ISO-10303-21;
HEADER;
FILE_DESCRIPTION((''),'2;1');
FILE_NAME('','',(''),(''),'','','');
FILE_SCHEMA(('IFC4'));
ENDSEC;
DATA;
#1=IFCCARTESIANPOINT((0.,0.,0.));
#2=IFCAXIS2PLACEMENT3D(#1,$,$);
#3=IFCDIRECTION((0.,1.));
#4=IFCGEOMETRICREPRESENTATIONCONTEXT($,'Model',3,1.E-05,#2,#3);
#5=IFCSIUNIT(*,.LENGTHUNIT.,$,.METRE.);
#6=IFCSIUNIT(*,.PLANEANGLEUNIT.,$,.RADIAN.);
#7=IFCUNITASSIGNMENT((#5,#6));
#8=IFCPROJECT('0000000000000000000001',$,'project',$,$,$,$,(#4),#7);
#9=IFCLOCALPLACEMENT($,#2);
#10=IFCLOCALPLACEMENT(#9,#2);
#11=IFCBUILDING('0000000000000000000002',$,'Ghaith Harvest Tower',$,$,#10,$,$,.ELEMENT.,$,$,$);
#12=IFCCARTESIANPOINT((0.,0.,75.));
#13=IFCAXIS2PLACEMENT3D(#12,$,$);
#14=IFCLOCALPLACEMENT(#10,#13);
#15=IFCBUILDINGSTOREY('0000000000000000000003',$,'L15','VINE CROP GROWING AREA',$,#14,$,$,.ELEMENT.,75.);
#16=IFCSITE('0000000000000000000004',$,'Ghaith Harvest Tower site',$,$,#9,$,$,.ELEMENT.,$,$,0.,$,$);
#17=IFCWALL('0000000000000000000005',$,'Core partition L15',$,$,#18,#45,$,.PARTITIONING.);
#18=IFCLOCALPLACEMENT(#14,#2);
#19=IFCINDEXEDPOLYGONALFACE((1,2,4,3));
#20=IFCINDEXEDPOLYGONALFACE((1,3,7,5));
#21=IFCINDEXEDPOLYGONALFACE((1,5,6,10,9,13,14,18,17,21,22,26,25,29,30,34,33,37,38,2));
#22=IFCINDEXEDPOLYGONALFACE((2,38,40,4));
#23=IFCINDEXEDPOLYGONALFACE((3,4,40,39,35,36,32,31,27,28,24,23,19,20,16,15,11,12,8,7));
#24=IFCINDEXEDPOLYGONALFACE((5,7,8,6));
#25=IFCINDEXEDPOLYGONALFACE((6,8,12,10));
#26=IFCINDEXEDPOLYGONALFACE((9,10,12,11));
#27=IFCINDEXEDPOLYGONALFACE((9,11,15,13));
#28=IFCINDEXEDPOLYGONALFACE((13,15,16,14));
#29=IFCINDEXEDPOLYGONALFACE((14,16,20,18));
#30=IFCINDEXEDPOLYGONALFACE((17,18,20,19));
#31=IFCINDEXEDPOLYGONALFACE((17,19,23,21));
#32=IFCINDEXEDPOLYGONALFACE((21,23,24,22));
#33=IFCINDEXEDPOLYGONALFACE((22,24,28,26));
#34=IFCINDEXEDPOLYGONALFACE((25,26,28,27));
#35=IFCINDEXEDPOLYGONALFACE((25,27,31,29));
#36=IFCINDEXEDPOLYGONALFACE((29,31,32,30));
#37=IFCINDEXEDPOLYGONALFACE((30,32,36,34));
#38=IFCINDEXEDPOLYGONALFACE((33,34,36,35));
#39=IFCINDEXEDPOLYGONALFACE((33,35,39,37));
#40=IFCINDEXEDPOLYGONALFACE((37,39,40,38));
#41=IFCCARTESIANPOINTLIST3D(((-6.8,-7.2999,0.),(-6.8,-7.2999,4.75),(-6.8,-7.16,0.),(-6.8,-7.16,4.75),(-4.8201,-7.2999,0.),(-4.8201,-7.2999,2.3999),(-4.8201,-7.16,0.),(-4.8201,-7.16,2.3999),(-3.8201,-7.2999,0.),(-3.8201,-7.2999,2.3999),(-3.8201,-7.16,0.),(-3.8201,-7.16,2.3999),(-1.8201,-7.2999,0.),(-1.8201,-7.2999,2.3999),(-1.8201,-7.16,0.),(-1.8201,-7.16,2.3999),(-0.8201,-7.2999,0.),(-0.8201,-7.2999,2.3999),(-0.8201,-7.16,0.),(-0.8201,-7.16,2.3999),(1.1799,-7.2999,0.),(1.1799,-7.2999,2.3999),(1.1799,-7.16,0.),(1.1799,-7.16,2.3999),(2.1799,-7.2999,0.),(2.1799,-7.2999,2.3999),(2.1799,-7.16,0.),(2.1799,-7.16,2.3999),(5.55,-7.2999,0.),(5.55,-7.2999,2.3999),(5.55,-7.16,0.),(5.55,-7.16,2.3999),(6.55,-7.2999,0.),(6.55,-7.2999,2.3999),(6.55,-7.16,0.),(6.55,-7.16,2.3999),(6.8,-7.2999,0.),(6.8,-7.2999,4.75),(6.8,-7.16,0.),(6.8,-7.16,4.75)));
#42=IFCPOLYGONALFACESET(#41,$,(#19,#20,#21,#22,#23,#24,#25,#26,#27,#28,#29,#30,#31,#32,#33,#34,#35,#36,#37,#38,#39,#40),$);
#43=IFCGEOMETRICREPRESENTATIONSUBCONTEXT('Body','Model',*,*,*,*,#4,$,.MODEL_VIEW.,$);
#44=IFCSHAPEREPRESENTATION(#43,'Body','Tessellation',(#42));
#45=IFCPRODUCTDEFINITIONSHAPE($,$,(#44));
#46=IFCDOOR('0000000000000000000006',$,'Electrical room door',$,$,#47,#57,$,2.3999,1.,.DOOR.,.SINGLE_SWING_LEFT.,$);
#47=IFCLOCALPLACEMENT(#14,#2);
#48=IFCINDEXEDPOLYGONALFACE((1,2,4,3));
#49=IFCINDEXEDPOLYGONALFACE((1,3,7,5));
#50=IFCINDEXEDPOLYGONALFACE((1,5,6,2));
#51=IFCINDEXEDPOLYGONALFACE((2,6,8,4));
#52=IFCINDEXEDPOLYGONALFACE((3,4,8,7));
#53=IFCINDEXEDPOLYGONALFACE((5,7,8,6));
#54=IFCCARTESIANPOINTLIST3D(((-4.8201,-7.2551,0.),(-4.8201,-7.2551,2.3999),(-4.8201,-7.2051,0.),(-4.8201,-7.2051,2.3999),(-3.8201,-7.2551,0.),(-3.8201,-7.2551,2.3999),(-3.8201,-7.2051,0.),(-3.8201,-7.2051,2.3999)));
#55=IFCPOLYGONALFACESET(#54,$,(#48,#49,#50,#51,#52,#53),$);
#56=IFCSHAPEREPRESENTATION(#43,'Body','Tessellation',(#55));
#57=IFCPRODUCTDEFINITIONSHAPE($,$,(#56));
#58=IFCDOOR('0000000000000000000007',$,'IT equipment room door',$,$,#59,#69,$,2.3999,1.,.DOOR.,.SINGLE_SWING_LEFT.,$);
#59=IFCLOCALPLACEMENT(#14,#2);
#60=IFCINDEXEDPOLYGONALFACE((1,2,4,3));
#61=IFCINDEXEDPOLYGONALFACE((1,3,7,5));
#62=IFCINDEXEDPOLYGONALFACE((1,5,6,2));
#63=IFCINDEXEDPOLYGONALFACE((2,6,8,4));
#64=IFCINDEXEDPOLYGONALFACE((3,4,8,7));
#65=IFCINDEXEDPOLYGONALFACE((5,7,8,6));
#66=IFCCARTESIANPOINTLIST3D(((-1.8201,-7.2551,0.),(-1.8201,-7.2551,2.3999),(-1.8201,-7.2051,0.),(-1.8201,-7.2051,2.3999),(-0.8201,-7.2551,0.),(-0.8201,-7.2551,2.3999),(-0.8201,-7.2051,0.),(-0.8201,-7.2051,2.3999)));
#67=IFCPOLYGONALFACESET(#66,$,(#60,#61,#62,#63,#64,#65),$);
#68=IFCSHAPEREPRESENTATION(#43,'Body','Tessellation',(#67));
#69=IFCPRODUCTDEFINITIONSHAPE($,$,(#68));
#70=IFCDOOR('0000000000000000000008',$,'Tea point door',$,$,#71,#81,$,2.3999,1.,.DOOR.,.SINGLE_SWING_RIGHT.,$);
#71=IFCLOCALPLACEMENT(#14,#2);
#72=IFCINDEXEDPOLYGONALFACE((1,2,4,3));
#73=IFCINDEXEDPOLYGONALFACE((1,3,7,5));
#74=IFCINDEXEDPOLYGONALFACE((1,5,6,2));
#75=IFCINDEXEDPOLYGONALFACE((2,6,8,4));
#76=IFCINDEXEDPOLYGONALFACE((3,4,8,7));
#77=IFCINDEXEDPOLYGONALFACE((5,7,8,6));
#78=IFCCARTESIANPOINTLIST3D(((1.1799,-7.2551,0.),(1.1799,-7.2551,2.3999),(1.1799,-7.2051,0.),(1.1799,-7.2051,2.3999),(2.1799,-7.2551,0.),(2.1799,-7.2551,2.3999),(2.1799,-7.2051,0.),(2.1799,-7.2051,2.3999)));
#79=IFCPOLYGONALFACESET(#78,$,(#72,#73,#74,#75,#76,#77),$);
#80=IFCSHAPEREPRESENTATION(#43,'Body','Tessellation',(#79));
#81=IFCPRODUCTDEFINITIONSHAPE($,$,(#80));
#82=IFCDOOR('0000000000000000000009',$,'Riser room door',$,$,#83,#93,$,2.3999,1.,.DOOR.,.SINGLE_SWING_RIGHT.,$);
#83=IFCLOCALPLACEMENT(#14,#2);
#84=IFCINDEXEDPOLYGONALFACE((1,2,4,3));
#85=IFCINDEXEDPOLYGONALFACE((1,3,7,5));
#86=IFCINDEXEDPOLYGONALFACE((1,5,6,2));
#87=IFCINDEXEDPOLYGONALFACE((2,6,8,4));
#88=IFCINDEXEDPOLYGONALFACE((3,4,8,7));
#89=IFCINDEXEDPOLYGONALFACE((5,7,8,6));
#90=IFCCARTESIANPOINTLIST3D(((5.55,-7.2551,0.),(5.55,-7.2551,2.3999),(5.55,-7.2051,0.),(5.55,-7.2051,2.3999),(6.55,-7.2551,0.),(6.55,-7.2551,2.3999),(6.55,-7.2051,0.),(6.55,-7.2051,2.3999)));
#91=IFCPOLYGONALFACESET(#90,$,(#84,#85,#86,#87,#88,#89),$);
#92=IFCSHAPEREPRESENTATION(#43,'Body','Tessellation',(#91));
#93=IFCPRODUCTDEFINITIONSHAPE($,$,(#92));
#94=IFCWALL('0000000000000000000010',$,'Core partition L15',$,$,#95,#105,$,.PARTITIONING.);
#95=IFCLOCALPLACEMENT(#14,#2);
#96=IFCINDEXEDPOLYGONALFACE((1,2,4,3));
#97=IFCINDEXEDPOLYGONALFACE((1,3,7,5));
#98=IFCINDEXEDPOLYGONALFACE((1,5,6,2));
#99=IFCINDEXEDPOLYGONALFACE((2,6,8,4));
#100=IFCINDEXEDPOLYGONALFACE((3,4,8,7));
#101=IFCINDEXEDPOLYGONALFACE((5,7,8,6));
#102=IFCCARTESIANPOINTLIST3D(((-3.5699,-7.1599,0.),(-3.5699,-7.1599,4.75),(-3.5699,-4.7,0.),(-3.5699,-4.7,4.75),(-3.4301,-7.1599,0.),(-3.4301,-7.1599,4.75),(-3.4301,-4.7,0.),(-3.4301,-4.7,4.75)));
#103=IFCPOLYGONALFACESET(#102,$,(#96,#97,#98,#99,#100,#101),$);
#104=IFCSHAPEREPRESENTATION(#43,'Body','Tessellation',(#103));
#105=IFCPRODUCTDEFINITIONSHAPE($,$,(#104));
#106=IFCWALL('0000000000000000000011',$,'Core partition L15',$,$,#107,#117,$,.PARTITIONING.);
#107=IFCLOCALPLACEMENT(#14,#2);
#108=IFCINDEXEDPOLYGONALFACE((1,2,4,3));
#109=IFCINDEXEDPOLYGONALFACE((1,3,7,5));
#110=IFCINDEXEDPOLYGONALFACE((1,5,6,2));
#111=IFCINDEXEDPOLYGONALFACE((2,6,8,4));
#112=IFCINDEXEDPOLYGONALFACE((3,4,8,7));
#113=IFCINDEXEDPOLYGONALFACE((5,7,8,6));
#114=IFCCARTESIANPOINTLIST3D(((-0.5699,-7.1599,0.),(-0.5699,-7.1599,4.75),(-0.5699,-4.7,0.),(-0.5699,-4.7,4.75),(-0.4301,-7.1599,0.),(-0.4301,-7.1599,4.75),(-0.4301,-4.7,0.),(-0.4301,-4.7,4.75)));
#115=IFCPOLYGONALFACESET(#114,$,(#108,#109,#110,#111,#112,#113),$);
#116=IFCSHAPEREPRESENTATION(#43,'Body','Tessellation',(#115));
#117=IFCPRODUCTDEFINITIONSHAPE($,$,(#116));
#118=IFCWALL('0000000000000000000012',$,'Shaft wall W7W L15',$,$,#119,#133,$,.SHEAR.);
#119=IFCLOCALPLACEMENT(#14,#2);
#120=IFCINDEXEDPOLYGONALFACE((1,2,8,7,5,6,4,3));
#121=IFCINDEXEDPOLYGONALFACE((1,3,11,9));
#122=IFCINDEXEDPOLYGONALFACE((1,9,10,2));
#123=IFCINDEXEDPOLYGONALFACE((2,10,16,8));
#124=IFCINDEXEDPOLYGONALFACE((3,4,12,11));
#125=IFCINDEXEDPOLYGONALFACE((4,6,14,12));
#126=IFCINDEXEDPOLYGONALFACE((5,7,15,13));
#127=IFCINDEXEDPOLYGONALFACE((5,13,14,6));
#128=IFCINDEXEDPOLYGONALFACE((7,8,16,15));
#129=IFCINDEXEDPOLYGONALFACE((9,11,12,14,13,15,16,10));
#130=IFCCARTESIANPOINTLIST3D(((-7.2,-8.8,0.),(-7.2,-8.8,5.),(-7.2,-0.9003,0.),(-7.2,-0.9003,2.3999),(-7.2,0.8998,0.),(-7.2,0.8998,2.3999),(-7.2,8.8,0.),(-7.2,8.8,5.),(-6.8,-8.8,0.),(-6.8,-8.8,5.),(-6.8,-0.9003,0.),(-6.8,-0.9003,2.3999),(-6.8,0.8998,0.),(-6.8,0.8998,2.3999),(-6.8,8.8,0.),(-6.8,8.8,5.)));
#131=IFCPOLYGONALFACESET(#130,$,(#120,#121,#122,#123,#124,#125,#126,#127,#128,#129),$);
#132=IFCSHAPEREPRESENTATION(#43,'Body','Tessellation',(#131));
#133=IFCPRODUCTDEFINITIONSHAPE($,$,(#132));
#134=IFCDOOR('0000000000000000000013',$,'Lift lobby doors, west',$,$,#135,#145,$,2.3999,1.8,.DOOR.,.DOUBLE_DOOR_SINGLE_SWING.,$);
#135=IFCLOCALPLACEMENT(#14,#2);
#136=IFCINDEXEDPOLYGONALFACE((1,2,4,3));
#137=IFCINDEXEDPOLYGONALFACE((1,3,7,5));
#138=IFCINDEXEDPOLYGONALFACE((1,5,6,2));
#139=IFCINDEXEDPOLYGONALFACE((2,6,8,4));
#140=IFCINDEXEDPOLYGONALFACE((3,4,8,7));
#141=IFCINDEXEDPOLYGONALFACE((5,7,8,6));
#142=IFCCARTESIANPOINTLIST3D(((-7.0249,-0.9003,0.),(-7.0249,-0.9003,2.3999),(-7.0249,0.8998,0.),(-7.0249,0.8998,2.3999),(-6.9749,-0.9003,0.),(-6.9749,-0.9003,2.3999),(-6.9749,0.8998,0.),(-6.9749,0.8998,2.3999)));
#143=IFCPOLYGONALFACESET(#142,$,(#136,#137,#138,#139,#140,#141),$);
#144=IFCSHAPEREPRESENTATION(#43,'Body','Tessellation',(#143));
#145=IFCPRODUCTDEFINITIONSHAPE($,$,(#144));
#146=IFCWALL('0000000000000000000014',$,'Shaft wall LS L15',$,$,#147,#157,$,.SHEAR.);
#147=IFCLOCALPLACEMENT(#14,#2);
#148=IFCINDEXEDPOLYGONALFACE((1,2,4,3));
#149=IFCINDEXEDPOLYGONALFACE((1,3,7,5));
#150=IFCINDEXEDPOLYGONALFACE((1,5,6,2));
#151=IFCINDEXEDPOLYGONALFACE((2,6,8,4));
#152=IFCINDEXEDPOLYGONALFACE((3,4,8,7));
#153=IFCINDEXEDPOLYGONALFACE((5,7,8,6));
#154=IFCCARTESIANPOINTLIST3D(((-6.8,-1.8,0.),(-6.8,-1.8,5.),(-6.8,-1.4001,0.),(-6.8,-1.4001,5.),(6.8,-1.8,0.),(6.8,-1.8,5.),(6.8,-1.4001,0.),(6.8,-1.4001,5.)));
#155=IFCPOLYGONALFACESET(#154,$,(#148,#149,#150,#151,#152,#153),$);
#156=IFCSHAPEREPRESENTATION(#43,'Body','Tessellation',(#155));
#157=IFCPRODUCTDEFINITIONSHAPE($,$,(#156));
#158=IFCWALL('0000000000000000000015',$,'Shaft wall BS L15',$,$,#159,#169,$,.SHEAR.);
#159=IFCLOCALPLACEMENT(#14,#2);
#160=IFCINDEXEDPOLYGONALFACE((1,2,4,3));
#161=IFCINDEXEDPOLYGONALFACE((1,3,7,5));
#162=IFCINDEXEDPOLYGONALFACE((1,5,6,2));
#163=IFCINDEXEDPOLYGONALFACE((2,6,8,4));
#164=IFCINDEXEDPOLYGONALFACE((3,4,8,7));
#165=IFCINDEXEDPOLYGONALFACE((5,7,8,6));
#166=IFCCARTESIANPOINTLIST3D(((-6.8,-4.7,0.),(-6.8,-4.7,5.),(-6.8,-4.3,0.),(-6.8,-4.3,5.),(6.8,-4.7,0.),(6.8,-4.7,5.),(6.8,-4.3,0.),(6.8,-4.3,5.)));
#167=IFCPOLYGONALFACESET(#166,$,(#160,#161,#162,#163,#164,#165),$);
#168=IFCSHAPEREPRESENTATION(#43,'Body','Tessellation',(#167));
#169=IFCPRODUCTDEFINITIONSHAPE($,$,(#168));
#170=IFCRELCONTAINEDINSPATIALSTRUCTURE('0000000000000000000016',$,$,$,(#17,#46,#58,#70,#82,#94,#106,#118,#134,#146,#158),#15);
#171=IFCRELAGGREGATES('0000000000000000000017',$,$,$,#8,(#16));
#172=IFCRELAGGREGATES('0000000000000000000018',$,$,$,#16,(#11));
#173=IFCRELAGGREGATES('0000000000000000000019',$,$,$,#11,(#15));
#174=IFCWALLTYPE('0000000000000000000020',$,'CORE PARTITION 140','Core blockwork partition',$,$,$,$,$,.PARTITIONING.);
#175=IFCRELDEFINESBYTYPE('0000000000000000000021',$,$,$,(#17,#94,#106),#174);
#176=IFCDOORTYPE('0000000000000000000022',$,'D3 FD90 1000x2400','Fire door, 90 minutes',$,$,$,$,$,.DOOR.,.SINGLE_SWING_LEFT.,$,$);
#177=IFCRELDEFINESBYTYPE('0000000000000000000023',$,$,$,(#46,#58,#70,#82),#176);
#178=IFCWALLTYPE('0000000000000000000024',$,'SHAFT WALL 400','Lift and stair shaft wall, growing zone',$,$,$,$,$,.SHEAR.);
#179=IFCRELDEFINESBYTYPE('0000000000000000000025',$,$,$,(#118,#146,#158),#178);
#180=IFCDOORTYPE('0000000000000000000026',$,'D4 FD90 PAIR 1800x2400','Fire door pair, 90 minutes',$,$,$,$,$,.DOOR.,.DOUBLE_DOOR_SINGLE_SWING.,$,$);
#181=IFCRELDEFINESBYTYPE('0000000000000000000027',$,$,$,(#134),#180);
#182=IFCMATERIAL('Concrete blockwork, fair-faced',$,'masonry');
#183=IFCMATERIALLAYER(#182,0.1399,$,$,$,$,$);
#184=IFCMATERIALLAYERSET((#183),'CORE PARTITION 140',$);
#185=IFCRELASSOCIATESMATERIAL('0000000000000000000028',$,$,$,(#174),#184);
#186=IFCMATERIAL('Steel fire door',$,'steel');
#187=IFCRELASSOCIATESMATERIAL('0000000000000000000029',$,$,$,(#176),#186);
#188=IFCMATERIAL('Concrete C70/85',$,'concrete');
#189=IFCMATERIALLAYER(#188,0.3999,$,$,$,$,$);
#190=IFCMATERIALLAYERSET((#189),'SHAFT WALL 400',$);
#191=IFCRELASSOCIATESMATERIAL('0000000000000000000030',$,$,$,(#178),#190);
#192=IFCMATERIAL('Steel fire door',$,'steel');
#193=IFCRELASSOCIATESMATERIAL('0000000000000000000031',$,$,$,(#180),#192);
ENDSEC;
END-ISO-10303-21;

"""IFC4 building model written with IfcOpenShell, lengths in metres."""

from ifc_helpers import new_model, si_unit, direction, frame, frame_2d, origin, place, context, subcontext, project, spatial, rectangle, extrude, material, layer, layer_set, type_object, element, fill, save


model = new_model("IFC4")

# Units and contexts
model_context = context("Model", 3, precision=1e-05, world=origin(), true_north=direction((0.0, 1.0)))
body_context = subcontext(model_context, "Body", "Model", "MODEL_VIEW")
ifc_project = project(units=[si_unit("LENGTHUNIT", "METRE"), si_unit("PLANEANGLEUNIT", "RADIAN")], contexts=[model_context])

# Site, building, storey
site_placement = place(None, origin())
site = spatial("IfcSite", under=ifc_project, at=site_placement, Name="Ghaith Harvest Tower site", CompositionType="ELEMENT", RefElevation=0.0)
building_placement = place(site_placement, origin())
building = spatial("IfcBuilding", under=site, at=building_placement, Name="Ghaith Harvest Tower", CompositionType="ELEMENT")
storey_placement = place(building_placement, frame((0.0, 0.0, 75.0)))
storey = spatial("IfcBuildingStorey", under=building, at=storey_placement, Name="L15", Description="VINE CROP GROWING AREA", CompositionType="ELEMENT", Elevation=75.0)

# Wall, openings, doors
ifc_material_1 = material(Name="Concrete blockwork, fair-faced", Category="masonry")
ifc_layer_1 = layer(ifc_material_1, 0.1399)
ifc_layer_set_1 = layer_set([ifc_layer_1], Name="CORE PARTITION 140")
wall_type_1 = type_object("IfcWallType", Name="CORE PARTITION 140", Description="Core blockwork partition", PredefinedType="PARTITIONING", material=ifc_layer_set_1)
wall_1_placement = place(storey_placement, frame((-6.8, -7.23, 0.0), z_axis=(0.0, 0.0, 1.0), x_axis=(1.0, 0.0, 0.0)))
wall_1 = element("IfcWall", 1, at=wall_1_placement, inside=storey, type_object=wall_type_1, Name="Core partition L15", PredefinedType="PARTITIONING", context=body_context, shape_type="SweptSolid", body=[
    extrude(rectangle(XDim=13.6001, YDim=0.1399, at=frame_2d((6.8, 0.0))), origin(), (0.0, 0.0, 1.0), 4.75),
])
opening_1_placement = place(wall_1_placement, frame((1.98, 0.0, 0.0)))
opening_1 = element("IfcOpeningElement", 2, at=opening_1_placement, cuts=wall_1, PredefinedType="OPENING", context=body_context, shape_type="SweptSolid", body=[
    extrude(rectangle(XDim=1.0, YDim=2.3999, at=frame_2d((0.5, 1.2))), frame((0.0, 0.0801, 0.0), z_axis=(0.0, -1.0, 0.0), x_axis=(1.0, 0.0, 0.0)), (0.0, 0.0, 1.0), 0.1599),
])
opening_2_placement = place(wall_1_placement, frame((4.98, 0.0, 0.0)))
opening_2 = element("IfcOpeningElement", 3, at=opening_2_placement, cuts=wall_1, PredefinedType="OPENING", context=body_context, shape_type="SweptSolid", body=[
    extrude(rectangle(XDim=1.0, YDim=2.3999, at=frame_2d((0.5, 1.2))), frame((0.0, 0.0801, 0.0), z_axis=(0.0, -1.0, 0.0), x_axis=(1.0, 0.0, 0.0)), (0.0, 0.0, 1.0), 0.1599),
])
opening_3_placement = place(wall_1_placement, frame((7.98, 0.0, 0.0)))
opening_3 = element("IfcOpeningElement", 4, at=opening_3_placement, cuts=wall_1, PredefinedType="OPENING", context=body_context, shape_type="SweptSolid", body=[
    extrude(rectangle(XDim=1.0, YDim=2.3999, at=frame_2d((0.5, 1.2))), frame((0.0, 0.0801, 0.0), z_axis=(0.0, -1.0, 0.0), x_axis=(1.0, 0.0, 0.0)), (0.0, 0.0, 1.0), 0.1599),
])
opening_4_placement = place(wall_1_placement, frame((12.3501, 0.0, 0.0)))
opening_4 = element("IfcOpeningElement", 5, at=opening_4_placement, cuts=wall_1, PredefinedType="OPENING", context=body_context, shape_type="SweptSolid", body=[
    extrude(rectangle(XDim=1.0, YDim=2.3999, at=frame_2d((0.5, 1.2))), frame((0.0, 0.0801, 0.0), z_axis=(0.0, -1.0, 0.0), x_axis=(1.0, 0.0, 0.0)), (0.0, 0.0, 1.0), 0.1599),
])
ifc_material_2 = material(Name="Steel fire door", Category="steel")
door_type_1 = type_object("IfcDoorType", Name="D3 FD90 1000x2400", Description="Fire door, 90 minutes", OperationType="SINGLE_SWING_LEFT", PredefinedType="DOOR", material=ifc_material_2)
door_1_placement = place(opening_1_placement, origin())
door_1 = element("IfcDoor", 6, at=door_1_placement, inside=storey, type_object=door_type_1, Name="Electrical room door", OperationType="SINGLE_SWING_LEFT", OverallHeight=2.3999, OverallWidth=1.0, PredefinedType="DOOR", context=body_context, shape_type="SweptSolid", body=[
    extrude(rectangle(XDim=1.0, YDim=2.3999, at=frame_2d((0.5, 1.2))), frame((0.0, 0.0249, 0.0), z_axis=(0.0, -1.0, 0.0), x_axis=(1.0, 0.0, 0.0)), (0.0, 0.0, 1.0), 0.05),
])
fill(opening_1, door_1)
door_2_placement = place(opening_2_placement, origin())
door_2 = element("IfcDoor", 7, at=door_2_placement, inside=storey, type_object=door_type_1, Name="IT equipment room door", OperationType="SINGLE_SWING_LEFT", OverallHeight=2.3999, OverallWidth=1.0, PredefinedType="DOOR", context=body_context, shape_type="SweptSolid", body=[
    extrude(rectangle(XDim=1.0, YDim=2.3999, at=frame_2d((0.5, 1.2))), frame((0.0, 0.0249, 0.0), z_axis=(0.0, -1.0, 0.0), x_axis=(1.0, 0.0, 0.0)), (0.0, 0.0, 1.0), 0.05),
])
fill(opening_2, door_2)
door_3_placement = place(opening_3_placement, origin())
door_3 = element("IfcDoor", 8, at=door_3_placement, inside=storey, type_object=door_type_1, Name="Tea point door", OperationType="SINGLE_SWING_RIGHT", OverallHeight=2.3999, OverallWidth=1.0, PredefinedType="DOOR", context=body_context, shape_type="SweptSolid", body=[
    extrude(rectangle(XDim=1.0, YDim=2.3999, at=frame_2d((0.5, 1.2))), frame((0.0, 0.0249, 0.0), z_axis=(0.0, -1.0, 0.0), x_axis=(1.0, 0.0, 0.0)), (0.0, 0.0, 1.0), 0.05),
])
fill(opening_3, door_3)
door_4_placement = place(opening_4_placement, origin())
door_4 = element("IfcDoor", 9, at=door_4_placement, inside=storey, type_object=door_type_1, Name="Riser room door", OperationType="SINGLE_SWING_RIGHT", OverallHeight=2.3999, OverallWidth=1.0, PredefinedType="DOOR", context=body_context, shape_type="SweptSolid", body=[
    extrude(rectangle(XDim=1.0, YDim=2.3999, at=frame_2d((0.5, 1.2))), frame((0.0, 0.0249, 0.0), z_axis=(0.0, -1.0, 0.0), x_axis=(1.0, 0.0, 0.0)), (0.0, 0.0, 1.0), 0.05),
])
fill(opening_4, door_4)

# Walls
for number, where, z_axis, x_axis, name in (
    (10, (-3.5, -4.7, 0.0), (0.0, 0.0, 1.0), (0.0, -1.0, 0.0), "Core partition L15"),
    (11, (-0.5, -4.7, 0.0), (0.0, 0.0, 1.0), (0.0, -1.0, 0.0), "Core partition L15"),
):
    element("IfcWall", number, at=place(storey_placement, frame(where, z_axis=z_axis, x_axis=x_axis)), inside=storey, type_object=wall_type_1, Name=name, PredefinedType="PARTITIONING", context=body_context, shape_type="SweptSolid", body=[
        extrude(rectangle(XDim=2.46, YDim=0.1399, at=frame_2d((1.23, 0.0))), origin(), (0.0, 0.0, 1.0), 4.75),
    ])

# Wall, opening, door
ifc_material_3 = material(Name="Concrete C70/85", Category="concrete")
ifc_layer_2 = layer(ifc_material_3, 0.3999)
ifc_layer_set_2 = layer_set([ifc_layer_2], Name="SHAFT WALL 400")
wall_type_2 = type_object("IfcWallType", Name="SHAFT WALL 400", Description="Lift and stair shaft wall, growing zone", PredefinedType="SHEAR", material=ifc_layer_set_2)
wall_2_placement = place(storey_placement, frame((-7.0, -8.8, 0.0), z_axis=(0.0, 0.0, 1.0), x_axis=(0.0, 1.0, 0.0)))
wall_2 = element("IfcWall", 12, at=wall_2_placement, inside=storey, type_object=wall_type_2, Name="Shaft wall W7W L15", PredefinedType="SHEAR", context=body_context, shape_type="SweptSolid", body=[
    extrude(rectangle(XDim=17.6001, YDim=0.3999, at=frame_2d((8.8, 0.0))), origin(), (0.0, 0.0, 1.0), 5.0),
])
opening_5_placement = place(wall_2_placement, frame((7.8999, 0.0, 0.0)))
opening_5 = element("IfcOpeningElement", 13, at=opening_5_placement, cuts=wall_2, PredefinedType="OPENING", context=body_context, shape_type="SweptSolid", body=[
    extrude(rectangle(XDim=1.8, YDim=2.3999, at=frame_2d((0.8999, 1.2))), frame((0.0, 0.21, 0.0), z_axis=(0.0, -1.0, 0.0), x_axis=(1.0, 0.0, 0.0)), (0.0, 0.0, 1.0), 0.4199),
])
ifc_material_4 = material(Name="Steel fire door", Category="steel")
door_type_2 = type_object("IfcDoorType", Name="D4 FD90 PAIR 1800x2400", Description="Fire door pair, 90 minutes", OperationType="DOUBLE_DOOR_SINGLE_SWING", PredefinedType="DOOR", material=ifc_material_4)
door_5_placement = place(opening_5_placement, origin())
door_5 = element("IfcDoor", 14, at=door_5_placement, inside=storey, type_object=door_type_2, Name="Lift lobby doors, west", OperationType="DOUBLE_DOOR_SINGLE_SWING", OverallHeight=2.3999, OverallWidth=1.8, PredefinedType="DOOR", context=body_context, shape_type="SweptSolid", body=[
    extrude(rectangle(XDim=1.8, YDim=2.3999, at=frame_2d((0.8999, 1.2))), frame((0.0, 0.0249, 0.0), z_axis=(0.0, -1.0, 0.0), x_axis=(1.0, 0.0, 0.0)), (0.0, 0.0, 1.0), 0.05),
])
fill(opening_5, door_5)

# Walls
for number, where, z_axis, x_axis, name in (
    (15, (-6.8, -1.6001, 0.0), (0.0, 0.0, 1.0), (1.0, 0.0, 0.0), "Shaft wall LS L15"),
    (16, (-6.8, -4.5, 0.0), (0.0, 0.0, 1.0), (1.0, 0.0, 0.0), "Shaft wall BS L15"),
):
    element("IfcWall", number, at=place(storey_placement, frame(where, z_axis=z_axis, x_axis=x_axis)), inside=storey, type_object=wall_type_2, Name=name, PredefinedType="SHEAR", context=body_context, shape_type="SweptSolid", body=[
        extrude(rectangle(XDim=13.6001, YDim=0.3999, at=frame_2d((6.8, 0.0))), origin(), (0.0, 0.0, 1.0), 5.0),
    ])

save(model, "model.ifc")
